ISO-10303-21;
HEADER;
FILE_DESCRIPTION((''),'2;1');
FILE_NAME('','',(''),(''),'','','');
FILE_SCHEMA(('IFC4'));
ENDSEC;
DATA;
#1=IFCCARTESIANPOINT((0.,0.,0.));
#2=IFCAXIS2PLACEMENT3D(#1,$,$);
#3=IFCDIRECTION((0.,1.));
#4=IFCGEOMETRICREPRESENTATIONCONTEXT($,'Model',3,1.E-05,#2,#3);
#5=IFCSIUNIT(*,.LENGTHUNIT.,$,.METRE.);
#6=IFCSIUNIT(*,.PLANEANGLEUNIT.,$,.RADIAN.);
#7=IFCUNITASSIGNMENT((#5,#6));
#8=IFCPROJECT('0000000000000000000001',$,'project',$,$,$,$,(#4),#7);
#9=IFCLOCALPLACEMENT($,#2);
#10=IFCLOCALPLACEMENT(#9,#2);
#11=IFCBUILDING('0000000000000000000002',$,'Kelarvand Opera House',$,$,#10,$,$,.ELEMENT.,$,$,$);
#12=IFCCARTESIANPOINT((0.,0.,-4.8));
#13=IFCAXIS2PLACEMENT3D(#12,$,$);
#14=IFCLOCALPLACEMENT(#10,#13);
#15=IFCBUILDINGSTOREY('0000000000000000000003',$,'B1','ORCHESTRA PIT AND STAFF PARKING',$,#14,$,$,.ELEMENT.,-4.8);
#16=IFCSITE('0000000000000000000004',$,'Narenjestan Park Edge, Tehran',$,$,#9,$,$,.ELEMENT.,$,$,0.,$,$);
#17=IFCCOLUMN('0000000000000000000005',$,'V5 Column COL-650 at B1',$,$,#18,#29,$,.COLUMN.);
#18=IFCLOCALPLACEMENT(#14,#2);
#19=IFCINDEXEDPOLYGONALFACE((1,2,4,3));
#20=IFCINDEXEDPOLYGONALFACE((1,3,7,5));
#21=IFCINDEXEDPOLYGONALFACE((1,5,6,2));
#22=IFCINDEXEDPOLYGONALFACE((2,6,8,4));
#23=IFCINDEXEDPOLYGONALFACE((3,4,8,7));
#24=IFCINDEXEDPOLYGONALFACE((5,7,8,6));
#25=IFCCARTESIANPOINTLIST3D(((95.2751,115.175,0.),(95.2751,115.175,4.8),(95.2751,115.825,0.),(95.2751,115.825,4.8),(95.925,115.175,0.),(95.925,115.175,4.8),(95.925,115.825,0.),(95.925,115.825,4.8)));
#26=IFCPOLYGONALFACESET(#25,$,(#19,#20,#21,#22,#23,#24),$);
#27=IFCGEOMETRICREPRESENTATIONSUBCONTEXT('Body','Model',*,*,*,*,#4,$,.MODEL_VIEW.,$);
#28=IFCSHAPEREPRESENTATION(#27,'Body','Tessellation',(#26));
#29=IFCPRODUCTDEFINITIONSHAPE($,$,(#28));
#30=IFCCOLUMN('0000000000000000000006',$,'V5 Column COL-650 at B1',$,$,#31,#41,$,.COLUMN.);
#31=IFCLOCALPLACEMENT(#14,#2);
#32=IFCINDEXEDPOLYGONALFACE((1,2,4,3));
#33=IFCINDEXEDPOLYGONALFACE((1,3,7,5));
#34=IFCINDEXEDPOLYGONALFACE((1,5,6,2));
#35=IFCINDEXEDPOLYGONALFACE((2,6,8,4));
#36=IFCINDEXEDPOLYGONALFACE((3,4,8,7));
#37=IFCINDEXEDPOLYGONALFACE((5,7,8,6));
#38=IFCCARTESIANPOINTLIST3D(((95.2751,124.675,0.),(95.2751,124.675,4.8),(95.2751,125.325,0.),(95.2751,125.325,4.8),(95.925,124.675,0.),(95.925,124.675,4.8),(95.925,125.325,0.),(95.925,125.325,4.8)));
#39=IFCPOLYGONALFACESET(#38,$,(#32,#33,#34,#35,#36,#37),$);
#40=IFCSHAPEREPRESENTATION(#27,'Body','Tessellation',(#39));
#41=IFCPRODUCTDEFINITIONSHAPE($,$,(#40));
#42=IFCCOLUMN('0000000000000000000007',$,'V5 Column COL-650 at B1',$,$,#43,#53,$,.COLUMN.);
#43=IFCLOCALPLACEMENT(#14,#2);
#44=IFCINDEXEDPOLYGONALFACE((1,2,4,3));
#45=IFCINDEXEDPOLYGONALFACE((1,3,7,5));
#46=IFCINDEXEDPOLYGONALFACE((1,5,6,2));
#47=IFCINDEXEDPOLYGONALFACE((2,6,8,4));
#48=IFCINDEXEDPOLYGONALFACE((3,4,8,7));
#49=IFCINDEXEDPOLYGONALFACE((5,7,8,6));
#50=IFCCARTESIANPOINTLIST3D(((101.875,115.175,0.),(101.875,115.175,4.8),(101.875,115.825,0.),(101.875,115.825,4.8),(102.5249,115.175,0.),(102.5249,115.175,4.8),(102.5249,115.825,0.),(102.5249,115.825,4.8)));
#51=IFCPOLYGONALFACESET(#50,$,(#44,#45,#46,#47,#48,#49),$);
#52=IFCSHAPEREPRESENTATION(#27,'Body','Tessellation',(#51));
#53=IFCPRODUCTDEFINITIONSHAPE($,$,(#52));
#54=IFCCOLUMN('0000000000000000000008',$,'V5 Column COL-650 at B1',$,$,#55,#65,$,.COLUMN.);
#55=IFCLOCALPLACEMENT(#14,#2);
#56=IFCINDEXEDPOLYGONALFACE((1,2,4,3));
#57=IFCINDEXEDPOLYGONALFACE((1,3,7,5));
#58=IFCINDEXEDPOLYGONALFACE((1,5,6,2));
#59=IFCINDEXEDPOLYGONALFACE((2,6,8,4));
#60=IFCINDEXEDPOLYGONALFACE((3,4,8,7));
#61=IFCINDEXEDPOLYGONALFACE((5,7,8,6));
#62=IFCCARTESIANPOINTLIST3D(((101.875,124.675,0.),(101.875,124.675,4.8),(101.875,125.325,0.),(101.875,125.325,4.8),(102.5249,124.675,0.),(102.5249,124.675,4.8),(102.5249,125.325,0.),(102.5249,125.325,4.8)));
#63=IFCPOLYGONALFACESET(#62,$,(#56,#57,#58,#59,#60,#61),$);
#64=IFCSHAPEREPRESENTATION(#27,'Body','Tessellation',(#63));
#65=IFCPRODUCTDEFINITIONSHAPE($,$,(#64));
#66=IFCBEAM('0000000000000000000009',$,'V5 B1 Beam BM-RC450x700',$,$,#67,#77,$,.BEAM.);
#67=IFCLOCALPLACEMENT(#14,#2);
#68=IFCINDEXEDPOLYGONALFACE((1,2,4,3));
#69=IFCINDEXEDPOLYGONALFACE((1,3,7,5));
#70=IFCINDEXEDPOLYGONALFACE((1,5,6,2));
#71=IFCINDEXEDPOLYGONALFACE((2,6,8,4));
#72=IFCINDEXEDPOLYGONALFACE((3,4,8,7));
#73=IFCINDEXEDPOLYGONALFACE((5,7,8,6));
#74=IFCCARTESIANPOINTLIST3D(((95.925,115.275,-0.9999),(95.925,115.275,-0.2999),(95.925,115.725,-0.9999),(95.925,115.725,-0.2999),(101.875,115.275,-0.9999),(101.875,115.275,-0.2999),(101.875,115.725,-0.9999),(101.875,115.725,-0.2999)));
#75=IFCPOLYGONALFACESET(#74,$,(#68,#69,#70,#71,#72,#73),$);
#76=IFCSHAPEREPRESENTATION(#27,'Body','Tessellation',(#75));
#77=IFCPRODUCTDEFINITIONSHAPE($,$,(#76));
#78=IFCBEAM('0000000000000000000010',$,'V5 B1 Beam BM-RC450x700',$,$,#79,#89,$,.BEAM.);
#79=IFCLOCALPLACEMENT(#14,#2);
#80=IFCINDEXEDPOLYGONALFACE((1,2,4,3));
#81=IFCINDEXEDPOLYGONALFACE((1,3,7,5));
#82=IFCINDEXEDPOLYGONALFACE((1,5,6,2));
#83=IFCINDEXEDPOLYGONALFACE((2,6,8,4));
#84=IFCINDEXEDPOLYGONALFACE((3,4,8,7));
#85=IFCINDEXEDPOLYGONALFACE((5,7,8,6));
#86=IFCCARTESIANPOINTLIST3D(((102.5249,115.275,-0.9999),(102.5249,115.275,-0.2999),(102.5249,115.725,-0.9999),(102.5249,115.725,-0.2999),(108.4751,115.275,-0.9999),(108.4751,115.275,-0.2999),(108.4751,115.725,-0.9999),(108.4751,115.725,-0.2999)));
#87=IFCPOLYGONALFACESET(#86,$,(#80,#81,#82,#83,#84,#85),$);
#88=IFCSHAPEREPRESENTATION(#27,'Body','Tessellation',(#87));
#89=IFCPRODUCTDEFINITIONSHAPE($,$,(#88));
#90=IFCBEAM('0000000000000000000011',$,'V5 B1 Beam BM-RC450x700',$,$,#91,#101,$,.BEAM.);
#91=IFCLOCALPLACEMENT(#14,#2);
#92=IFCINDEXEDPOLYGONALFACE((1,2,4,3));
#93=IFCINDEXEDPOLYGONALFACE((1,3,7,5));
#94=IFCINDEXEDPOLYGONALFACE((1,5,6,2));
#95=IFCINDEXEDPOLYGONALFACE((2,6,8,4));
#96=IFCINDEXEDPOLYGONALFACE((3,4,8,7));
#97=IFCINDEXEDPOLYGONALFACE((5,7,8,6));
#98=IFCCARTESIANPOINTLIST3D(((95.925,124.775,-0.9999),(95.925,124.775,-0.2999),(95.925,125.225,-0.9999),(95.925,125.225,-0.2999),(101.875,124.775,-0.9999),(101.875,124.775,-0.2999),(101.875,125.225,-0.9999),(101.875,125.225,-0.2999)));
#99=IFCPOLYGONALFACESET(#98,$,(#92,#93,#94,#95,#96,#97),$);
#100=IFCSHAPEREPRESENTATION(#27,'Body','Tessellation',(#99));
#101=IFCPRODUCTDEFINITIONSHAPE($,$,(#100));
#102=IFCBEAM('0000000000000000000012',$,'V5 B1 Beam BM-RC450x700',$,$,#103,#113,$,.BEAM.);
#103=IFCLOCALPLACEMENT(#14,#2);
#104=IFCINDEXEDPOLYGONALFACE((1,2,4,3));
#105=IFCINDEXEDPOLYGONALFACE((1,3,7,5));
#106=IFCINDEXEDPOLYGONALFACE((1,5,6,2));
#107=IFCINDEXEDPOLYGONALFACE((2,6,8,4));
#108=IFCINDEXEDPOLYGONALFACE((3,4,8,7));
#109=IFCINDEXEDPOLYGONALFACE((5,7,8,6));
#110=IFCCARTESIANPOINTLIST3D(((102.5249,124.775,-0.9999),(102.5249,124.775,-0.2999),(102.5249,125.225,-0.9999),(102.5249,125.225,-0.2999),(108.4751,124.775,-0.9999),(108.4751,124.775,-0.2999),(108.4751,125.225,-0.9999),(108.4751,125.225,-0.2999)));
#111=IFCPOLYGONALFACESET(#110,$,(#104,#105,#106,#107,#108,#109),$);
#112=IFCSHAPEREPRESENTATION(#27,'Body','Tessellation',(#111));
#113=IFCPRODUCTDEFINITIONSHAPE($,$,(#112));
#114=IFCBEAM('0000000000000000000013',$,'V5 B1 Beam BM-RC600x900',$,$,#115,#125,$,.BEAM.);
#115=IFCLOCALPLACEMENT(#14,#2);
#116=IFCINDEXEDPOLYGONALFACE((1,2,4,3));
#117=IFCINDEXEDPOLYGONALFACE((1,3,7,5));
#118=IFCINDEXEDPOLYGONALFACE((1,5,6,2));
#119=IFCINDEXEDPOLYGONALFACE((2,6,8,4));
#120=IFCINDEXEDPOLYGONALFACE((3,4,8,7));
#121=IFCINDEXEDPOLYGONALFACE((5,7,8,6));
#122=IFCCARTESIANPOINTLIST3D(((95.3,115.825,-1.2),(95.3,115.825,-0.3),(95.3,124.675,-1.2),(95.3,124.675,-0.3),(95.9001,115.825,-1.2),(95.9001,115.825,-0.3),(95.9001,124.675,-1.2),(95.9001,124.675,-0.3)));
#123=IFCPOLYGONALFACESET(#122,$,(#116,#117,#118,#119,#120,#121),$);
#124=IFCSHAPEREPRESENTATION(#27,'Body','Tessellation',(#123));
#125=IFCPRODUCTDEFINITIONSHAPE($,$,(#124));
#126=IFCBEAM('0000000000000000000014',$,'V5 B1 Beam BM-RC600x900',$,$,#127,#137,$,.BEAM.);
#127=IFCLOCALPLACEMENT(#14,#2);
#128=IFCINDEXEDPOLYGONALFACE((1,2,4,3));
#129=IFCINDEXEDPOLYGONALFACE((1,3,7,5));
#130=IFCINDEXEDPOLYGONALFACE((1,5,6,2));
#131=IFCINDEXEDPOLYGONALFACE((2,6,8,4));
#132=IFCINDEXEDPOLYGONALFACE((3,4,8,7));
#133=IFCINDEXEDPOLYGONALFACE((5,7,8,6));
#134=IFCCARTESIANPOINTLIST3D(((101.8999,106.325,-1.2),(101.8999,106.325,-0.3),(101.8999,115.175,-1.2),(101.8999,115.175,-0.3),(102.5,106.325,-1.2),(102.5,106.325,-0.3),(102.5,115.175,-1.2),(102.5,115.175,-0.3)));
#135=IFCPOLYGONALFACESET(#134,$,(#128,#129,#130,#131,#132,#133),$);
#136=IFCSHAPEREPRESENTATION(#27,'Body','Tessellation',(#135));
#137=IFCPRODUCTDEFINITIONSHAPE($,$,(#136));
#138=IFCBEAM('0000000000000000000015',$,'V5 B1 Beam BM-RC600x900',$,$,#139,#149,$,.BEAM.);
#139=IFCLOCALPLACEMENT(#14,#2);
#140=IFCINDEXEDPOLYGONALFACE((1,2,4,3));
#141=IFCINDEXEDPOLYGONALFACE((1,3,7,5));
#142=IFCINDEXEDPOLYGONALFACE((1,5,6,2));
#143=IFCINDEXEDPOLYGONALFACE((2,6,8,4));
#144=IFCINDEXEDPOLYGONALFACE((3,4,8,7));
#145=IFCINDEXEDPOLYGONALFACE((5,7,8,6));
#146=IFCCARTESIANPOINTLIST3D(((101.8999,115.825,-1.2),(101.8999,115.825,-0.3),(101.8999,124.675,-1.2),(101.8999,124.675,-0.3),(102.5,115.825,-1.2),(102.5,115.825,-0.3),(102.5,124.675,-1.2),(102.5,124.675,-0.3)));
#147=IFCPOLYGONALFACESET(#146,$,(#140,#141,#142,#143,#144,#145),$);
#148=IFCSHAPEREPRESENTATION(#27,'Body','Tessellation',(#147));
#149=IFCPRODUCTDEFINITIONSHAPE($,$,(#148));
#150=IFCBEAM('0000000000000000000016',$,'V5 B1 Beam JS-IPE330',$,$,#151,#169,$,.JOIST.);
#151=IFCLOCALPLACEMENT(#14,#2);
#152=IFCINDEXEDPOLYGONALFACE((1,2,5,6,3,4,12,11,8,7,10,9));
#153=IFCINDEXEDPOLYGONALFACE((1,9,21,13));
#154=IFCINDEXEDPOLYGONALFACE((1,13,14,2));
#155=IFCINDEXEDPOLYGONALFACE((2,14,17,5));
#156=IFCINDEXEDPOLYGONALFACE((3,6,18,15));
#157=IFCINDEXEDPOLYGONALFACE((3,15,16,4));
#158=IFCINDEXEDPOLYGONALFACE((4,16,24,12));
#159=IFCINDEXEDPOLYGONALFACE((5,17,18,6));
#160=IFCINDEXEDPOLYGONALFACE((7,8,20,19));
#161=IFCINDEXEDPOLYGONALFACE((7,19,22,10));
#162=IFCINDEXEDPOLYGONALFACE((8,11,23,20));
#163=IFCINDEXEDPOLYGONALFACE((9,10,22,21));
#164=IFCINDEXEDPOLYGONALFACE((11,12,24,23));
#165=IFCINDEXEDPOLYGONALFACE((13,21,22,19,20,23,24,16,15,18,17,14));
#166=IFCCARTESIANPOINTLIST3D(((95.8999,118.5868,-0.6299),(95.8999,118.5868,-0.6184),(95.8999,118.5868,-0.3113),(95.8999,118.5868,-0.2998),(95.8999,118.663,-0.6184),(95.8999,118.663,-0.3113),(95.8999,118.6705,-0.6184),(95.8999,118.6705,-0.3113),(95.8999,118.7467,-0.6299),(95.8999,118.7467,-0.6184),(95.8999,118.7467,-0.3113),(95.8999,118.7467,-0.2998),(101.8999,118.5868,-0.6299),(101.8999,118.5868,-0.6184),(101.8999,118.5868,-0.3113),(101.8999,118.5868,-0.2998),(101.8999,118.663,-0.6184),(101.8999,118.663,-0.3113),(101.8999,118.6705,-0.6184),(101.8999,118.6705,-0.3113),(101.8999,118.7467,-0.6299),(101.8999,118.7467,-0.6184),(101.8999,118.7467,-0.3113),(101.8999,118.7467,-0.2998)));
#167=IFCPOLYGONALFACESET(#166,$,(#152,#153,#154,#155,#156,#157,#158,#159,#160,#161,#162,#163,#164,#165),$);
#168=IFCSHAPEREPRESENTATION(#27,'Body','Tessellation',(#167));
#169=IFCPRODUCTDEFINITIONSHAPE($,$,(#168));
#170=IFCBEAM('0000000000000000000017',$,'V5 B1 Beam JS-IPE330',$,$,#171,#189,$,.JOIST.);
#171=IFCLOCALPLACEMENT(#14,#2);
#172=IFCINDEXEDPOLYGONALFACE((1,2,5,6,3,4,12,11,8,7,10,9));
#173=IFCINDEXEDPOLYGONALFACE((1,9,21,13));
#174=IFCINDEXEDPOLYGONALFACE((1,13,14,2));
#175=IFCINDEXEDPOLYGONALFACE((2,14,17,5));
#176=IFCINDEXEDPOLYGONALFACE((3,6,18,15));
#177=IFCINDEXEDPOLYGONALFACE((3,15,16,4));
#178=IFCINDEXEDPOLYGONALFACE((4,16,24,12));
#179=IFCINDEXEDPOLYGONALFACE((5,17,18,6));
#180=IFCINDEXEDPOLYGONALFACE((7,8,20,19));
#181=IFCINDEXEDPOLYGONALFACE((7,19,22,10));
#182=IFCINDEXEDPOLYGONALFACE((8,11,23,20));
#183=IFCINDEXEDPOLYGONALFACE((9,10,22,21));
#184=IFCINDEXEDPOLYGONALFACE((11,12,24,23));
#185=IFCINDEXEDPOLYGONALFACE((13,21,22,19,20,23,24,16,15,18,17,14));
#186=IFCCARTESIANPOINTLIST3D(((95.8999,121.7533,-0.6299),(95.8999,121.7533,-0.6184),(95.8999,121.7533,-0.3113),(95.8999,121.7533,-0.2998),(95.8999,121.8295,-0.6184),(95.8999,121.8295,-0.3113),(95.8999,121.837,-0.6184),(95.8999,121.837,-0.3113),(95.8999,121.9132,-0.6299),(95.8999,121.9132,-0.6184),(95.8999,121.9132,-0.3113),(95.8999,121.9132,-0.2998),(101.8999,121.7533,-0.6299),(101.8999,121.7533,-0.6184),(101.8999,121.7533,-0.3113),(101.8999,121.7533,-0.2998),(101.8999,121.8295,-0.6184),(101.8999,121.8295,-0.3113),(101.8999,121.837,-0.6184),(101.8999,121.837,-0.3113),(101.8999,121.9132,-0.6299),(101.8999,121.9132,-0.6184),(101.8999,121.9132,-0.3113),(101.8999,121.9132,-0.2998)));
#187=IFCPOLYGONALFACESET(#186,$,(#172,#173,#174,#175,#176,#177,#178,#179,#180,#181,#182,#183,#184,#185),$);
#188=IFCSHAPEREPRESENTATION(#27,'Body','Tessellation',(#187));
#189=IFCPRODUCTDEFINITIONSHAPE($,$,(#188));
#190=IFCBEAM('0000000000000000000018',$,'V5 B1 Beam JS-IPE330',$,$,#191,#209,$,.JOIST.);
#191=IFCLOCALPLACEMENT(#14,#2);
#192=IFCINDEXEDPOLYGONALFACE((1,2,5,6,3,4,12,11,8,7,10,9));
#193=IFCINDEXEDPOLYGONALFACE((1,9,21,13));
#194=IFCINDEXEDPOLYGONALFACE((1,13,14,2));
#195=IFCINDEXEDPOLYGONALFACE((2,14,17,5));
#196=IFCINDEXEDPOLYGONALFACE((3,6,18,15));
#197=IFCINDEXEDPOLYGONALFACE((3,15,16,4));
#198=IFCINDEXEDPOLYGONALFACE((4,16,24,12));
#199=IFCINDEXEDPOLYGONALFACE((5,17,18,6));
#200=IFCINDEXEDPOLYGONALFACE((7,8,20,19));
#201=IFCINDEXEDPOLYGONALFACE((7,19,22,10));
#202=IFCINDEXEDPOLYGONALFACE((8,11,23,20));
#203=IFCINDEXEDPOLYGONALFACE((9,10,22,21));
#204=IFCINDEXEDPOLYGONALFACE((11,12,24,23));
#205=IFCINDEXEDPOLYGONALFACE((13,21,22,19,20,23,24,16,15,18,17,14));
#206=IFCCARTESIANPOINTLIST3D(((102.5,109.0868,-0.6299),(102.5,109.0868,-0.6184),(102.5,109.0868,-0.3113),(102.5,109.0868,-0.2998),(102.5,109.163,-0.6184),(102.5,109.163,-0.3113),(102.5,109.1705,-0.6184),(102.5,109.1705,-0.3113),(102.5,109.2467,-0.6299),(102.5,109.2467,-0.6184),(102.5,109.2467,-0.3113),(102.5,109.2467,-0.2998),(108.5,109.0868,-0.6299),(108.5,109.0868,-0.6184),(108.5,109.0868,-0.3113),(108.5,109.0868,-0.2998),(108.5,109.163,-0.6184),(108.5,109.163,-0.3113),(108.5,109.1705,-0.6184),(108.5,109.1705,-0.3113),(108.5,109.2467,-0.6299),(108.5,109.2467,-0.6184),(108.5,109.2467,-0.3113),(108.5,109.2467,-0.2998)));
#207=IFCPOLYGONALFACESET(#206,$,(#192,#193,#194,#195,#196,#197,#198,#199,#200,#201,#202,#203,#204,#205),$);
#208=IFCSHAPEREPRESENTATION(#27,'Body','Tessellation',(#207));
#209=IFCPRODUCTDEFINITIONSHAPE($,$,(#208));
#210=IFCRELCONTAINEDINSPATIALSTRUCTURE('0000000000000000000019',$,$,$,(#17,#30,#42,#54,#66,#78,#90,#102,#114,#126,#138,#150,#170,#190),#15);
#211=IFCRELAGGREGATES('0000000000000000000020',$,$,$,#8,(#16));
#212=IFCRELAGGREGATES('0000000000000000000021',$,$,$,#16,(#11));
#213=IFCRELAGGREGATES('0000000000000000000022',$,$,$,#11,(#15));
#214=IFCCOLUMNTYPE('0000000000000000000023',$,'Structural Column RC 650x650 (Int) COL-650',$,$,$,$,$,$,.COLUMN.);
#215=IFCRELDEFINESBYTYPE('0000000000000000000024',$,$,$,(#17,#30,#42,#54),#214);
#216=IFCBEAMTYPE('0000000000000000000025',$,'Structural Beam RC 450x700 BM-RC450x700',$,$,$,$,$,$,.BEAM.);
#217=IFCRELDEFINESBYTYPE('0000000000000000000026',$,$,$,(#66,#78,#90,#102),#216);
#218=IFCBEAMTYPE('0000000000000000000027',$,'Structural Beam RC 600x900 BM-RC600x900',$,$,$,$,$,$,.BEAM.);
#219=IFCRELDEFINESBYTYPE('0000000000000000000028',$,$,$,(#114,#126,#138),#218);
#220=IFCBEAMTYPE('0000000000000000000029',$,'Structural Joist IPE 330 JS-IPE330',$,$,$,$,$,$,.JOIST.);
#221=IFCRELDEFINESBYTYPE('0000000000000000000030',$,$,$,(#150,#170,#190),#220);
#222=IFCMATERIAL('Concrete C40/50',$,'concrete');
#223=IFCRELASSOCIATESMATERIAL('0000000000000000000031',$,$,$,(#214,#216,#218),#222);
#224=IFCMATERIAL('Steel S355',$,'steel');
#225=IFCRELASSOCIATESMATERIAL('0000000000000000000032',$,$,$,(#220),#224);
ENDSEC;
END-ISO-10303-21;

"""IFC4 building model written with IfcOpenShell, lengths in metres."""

from ifc_helpers import new_model, si_unit, direction, frame, origin, origin_2d, place, context, subcontext, project, spatial, rectangle, i_section, extrude, material, material_profile, profile_set, type_object, element, save


model = new_model("IFC4")

# Units and contexts
model_context = context("Model", 3, precision=1e-05, world=origin(), true_north=direction((0.0, 1.0)))
body_context = subcontext(model_context, "Body", "Model", "MODEL_VIEW")
ifc_project = project(units=[si_unit("LENGTHUNIT", "METRE"), si_unit("PLANEANGLEUNIT", "RADIAN")], contexts=[model_context])

# Site, building, storey
site_placement = place(None, origin())
site = spatial("IfcSite", under=ifc_project, at=site_placement, Name="Narenjestan Park Edge, Tehran", CompositionType="ELEMENT", RefElevation=0.0)
building_placement = place(site_placement, origin())
building = spatial("IfcBuilding", under=site, at=building_placement, Name="Kelarvand Opera House", CompositionType="ELEMENT")
storey_placement = place(building_placement, frame((0.0, 0.0, -4.8)))
storey = spatial("IfcBuildingStorey", under=building, at=storey_placement, Name="B1", Description="ORCHESTRA PIT AND STAFF PARKING", CompositionType="ELEMENT", Elevation=-4.8)

# Columns
ifc_material_1 = material(Name="Concrete C40/50", Category="concrete")
ifc_material_profile_1 = material_profile(ifc_material_1, rectangle(XDim=0.6499, YDim=0.6499, at=origin_2d()), Name="RC 650x650", Category="concrete")
ifc_profile_set_1 = profile_set([ifc_material_profile_1], Name="Concrete C40/50")
column_type = type_object("IfcColumnType", Name="Structural Column RC 650x650 (Int) COL-650", PredefinedType="COLUMN", material=ifc_profile_set_1)
for number, where, z_axis, x_axis, name in (
    (1, (95.6001, 115.5, 0.0), (0.0, 0.0, 1.0), (1.0, 0.0, 0.0), "V5 Column COL-650 at B1"),
    (2, (95.6001, 125.0, 0.0), (0.0, 0.0, 1.0), (1.0, 0.0, 0.0), "V5 Column COL-650 at B1"),
    (3, (102.2, 115.5, 0.0), (0.0, 0.0, 1.0), (1.0, 0.0, 0.0), "V5 Column COL-650 at B1"),
    (4, (102.2, 125.0, 0.0), (0.0, 0.0, 1.0), (1.0, 0.0, 0.0), "V5 Column COL-650 at B1"),
):
    element("IfcColumn", number, at=place(storey_placement, frame(where, z_axis=z_axis, x_axis=x_axis)), inside=storey, type_object=column_type, Name=name, PredefinedType="COLUMN", context=body_context, shape_type="SweptSolid", body=[
        extrude(rectangle(XDim=0.6499, YDim=0.6499, at=origin_2d()), origin(), (0.0, 0.0, 1.0), 4.8),
    ])

# Beams
ifc_material_profile_2 = material_profile(ifc_material_1, rectangle(XDim=0.45, YDim=0.7, at=origin_2d()), Name="RC 450x700", Category="concrete")
ifc_profile_set_2 = profile_set([ifc_material_profile_2], Name="Concrete C40/50")
beam_type_1 = type_object("IfcBeamType", Name="Structural Beam RC 450x700 BM-RC450x700", PredefinedType="BEAM", material=ifc_profile_set_2)
beam_1_placement = place(storey_placement, frame((95.925, 115.5, -0.6499), z_axis=(1.0, 0.0, 0.0), x_axis=(0.0, 1.0, 0.0)))
element("IfcBeam", 5, at=beam_1_placement, inside=storey, type_object=beam_type_1, Name="V5 B1 Beam BM-RC450x700", PredefinedType="BEAM", context=body_context, shape_type="SweptSolid", body=[
    extrude(rectangle(XDim=0.45, YDim=0.7, at=origin_2d()), origin(), (0.0, 0.0, 1.0), 5.95),
])
beam_2_placement = place(storey_placement, frame((102.5249, 115.5, -0.6499), z_axis=(1.0, 0.0, 0.0), x_axis=(0.0, 1.0, 0.0)))
element("IfcBeam", 6, at=beam_2_placement, inside=storey, type_object=beam_type_1, Name="V5 B1 Beam BM-RC450x700", PredefinedType="BEAM", context=body_context, shape_type="SweptSolid", body=[
    extrude(rectangle(XDim=0.45, YDim=0.7, at=origin_2d()), origin(), (0.0, 0.0, 1.0), 5.9502),
])
beam_3_placement = place(storey_placement, frame((95.925, 125.0, -0.6499), z_axis=(1.0, 0.0, 0.0), x_axis=(0.0, 1.0, 0.0)))
element("IfcBeam", 7, at=beam_3_placement, inside=storey, type_object=beam_type_1, Name="V5 B1 Beam BM-RC450x700", PredefinedType="BEAM", context=body_context, shape_type="SweptSolid", body=[
    extrude(rectangle(XDim=0.45, YDim=0.7, at=origin_2d()), origin(), (0.0, 0.0, 1.0), 5.95),
])
beam_4_placement = place(storey_placement, frame((102.5249, 125.0, -0.6499), z_axis=(1.0, 0.0, 0.0), x_axis=(0.0, 1.0, 0.0)))
element("IfcBeam", 8, at=beam_4_placement, inside=storey, type_object=beam_type_1, Name="V5 B1 Beam BM-RC450x700", PredefinedType="BEAM", context=body_context, shape_type="SweptSolid", body=[
    extrude(rectangle(XDim=0.45, YDim=0.7, at=origin_2d()), origin(), (0.0, 0.0, 1.0), 5.9502),
])
ifc_material_profile_3 = material_profile(ifc_material_1, rectangle(XDim=0.6001, YDim=0.8999, at=origin_2d()), Name="RC 600x900", Category="concrete")
ifc_profile_set_3 = profile_set([ifc_material_profile_3], Name="Concrete C40/50")
beam_type_2 = type_object("IfcBeamType", Name="Structural Beam RC 600x900 BM-RC600x900", PredefinedType="BEAM", material=ifc_profile_set_3)
for number, where, z_axis, x_axis, name in (
    (9, (95.6001, 115.825, -0.75), (0.0, 1.0, 0.0), (-1.0, 0.0, 0.0), "V5 B1 Beam BM-RC600x900"),
    (10, (102.2, 106.325, -0.75), (0.0, 1.0, 0.0), (-1.0, 0.0, 0.0), "V5 B1 Beam BM-RC600x900"),
    (11, (102.2, 115.825, -0.75), (0.0, 1.0, 0.0), (-1.0, 0.0, 0.0), "V5 B1 Beam BM-RC600x900"),
):
    element("IfcBeam", number, at=place(storey_placement, frame(where, z_axis=z_axis, x_axis=x_axis)), inside=storey, type_object=beam_type_2, Name=name, PredefinedType="BEAM", context=body_context, shape_type="SweptSolid", body=[
        extrude(rectangle(XDim=0.6001, YDim=0.8999, at=origin_2d()), origin(), (0.0, 0.0, 1.0), 8.8501),
    ])
ifc_material_2 = material(Name="Steel S355", Category="steel")
ifc_material_profile_4 = material_profile(ifc_material_2, i_section(OverallWidth=0.1599, OverallDepth=0.3301, WebThickness=0.0076, FlangeThickness=0.0115, at=origin_2d()), Name="IPE 330", Category="steel")
ifc_profile_set_4 = profile_set([ifc_material_profile_4], Name="Steel S355")
beam_type_3 = type_object("IfcBeamType", Name="Structural Joist IPE 330 JS-IPE330", PredefinedType="JOIST", material=ifc_profile_set_4)
for number, where, z_axis, x_axis, name in (
    (12, (95.8999, 118.6667, -0.4648), (1.0, 0.0, 0.0), (0.0, 1.0, 0.0), "V5 B1 Beam JS-IPE330"),
    (13, (95.8999, 121.8333, -0.4648), (1.0, 0.0, 0.0), (0.0, 1.0, 0.0), "V5 B1 Beam JS-IPE330"),
    (14, (102.5, 109.1667, -0.4648), (1.0, 0.0, 0.0), (0.0, 1.0, 0.0), "V5 B1 Beam JS-IPE330"),
):
    element("IfcBeam", number, at=place(storey_placement, frame(where, z_axis=z_axis, x_axis=x_axis)), inside=storey, type_object=beam_type_3, Name=name, PredefinedType="JOIST", context=body_context, shape_type="SweptSolid", body=[
        extrude(i_section(OverallWidth=0.1599, OverallDepth=0.3301, WebThickness=0.0076, FlangeThickness=0.0115, at=origin_2d()), origin(), (0.0, 0.0, 1.0), 6.0),
    ])

save(model, "model.ifc")
